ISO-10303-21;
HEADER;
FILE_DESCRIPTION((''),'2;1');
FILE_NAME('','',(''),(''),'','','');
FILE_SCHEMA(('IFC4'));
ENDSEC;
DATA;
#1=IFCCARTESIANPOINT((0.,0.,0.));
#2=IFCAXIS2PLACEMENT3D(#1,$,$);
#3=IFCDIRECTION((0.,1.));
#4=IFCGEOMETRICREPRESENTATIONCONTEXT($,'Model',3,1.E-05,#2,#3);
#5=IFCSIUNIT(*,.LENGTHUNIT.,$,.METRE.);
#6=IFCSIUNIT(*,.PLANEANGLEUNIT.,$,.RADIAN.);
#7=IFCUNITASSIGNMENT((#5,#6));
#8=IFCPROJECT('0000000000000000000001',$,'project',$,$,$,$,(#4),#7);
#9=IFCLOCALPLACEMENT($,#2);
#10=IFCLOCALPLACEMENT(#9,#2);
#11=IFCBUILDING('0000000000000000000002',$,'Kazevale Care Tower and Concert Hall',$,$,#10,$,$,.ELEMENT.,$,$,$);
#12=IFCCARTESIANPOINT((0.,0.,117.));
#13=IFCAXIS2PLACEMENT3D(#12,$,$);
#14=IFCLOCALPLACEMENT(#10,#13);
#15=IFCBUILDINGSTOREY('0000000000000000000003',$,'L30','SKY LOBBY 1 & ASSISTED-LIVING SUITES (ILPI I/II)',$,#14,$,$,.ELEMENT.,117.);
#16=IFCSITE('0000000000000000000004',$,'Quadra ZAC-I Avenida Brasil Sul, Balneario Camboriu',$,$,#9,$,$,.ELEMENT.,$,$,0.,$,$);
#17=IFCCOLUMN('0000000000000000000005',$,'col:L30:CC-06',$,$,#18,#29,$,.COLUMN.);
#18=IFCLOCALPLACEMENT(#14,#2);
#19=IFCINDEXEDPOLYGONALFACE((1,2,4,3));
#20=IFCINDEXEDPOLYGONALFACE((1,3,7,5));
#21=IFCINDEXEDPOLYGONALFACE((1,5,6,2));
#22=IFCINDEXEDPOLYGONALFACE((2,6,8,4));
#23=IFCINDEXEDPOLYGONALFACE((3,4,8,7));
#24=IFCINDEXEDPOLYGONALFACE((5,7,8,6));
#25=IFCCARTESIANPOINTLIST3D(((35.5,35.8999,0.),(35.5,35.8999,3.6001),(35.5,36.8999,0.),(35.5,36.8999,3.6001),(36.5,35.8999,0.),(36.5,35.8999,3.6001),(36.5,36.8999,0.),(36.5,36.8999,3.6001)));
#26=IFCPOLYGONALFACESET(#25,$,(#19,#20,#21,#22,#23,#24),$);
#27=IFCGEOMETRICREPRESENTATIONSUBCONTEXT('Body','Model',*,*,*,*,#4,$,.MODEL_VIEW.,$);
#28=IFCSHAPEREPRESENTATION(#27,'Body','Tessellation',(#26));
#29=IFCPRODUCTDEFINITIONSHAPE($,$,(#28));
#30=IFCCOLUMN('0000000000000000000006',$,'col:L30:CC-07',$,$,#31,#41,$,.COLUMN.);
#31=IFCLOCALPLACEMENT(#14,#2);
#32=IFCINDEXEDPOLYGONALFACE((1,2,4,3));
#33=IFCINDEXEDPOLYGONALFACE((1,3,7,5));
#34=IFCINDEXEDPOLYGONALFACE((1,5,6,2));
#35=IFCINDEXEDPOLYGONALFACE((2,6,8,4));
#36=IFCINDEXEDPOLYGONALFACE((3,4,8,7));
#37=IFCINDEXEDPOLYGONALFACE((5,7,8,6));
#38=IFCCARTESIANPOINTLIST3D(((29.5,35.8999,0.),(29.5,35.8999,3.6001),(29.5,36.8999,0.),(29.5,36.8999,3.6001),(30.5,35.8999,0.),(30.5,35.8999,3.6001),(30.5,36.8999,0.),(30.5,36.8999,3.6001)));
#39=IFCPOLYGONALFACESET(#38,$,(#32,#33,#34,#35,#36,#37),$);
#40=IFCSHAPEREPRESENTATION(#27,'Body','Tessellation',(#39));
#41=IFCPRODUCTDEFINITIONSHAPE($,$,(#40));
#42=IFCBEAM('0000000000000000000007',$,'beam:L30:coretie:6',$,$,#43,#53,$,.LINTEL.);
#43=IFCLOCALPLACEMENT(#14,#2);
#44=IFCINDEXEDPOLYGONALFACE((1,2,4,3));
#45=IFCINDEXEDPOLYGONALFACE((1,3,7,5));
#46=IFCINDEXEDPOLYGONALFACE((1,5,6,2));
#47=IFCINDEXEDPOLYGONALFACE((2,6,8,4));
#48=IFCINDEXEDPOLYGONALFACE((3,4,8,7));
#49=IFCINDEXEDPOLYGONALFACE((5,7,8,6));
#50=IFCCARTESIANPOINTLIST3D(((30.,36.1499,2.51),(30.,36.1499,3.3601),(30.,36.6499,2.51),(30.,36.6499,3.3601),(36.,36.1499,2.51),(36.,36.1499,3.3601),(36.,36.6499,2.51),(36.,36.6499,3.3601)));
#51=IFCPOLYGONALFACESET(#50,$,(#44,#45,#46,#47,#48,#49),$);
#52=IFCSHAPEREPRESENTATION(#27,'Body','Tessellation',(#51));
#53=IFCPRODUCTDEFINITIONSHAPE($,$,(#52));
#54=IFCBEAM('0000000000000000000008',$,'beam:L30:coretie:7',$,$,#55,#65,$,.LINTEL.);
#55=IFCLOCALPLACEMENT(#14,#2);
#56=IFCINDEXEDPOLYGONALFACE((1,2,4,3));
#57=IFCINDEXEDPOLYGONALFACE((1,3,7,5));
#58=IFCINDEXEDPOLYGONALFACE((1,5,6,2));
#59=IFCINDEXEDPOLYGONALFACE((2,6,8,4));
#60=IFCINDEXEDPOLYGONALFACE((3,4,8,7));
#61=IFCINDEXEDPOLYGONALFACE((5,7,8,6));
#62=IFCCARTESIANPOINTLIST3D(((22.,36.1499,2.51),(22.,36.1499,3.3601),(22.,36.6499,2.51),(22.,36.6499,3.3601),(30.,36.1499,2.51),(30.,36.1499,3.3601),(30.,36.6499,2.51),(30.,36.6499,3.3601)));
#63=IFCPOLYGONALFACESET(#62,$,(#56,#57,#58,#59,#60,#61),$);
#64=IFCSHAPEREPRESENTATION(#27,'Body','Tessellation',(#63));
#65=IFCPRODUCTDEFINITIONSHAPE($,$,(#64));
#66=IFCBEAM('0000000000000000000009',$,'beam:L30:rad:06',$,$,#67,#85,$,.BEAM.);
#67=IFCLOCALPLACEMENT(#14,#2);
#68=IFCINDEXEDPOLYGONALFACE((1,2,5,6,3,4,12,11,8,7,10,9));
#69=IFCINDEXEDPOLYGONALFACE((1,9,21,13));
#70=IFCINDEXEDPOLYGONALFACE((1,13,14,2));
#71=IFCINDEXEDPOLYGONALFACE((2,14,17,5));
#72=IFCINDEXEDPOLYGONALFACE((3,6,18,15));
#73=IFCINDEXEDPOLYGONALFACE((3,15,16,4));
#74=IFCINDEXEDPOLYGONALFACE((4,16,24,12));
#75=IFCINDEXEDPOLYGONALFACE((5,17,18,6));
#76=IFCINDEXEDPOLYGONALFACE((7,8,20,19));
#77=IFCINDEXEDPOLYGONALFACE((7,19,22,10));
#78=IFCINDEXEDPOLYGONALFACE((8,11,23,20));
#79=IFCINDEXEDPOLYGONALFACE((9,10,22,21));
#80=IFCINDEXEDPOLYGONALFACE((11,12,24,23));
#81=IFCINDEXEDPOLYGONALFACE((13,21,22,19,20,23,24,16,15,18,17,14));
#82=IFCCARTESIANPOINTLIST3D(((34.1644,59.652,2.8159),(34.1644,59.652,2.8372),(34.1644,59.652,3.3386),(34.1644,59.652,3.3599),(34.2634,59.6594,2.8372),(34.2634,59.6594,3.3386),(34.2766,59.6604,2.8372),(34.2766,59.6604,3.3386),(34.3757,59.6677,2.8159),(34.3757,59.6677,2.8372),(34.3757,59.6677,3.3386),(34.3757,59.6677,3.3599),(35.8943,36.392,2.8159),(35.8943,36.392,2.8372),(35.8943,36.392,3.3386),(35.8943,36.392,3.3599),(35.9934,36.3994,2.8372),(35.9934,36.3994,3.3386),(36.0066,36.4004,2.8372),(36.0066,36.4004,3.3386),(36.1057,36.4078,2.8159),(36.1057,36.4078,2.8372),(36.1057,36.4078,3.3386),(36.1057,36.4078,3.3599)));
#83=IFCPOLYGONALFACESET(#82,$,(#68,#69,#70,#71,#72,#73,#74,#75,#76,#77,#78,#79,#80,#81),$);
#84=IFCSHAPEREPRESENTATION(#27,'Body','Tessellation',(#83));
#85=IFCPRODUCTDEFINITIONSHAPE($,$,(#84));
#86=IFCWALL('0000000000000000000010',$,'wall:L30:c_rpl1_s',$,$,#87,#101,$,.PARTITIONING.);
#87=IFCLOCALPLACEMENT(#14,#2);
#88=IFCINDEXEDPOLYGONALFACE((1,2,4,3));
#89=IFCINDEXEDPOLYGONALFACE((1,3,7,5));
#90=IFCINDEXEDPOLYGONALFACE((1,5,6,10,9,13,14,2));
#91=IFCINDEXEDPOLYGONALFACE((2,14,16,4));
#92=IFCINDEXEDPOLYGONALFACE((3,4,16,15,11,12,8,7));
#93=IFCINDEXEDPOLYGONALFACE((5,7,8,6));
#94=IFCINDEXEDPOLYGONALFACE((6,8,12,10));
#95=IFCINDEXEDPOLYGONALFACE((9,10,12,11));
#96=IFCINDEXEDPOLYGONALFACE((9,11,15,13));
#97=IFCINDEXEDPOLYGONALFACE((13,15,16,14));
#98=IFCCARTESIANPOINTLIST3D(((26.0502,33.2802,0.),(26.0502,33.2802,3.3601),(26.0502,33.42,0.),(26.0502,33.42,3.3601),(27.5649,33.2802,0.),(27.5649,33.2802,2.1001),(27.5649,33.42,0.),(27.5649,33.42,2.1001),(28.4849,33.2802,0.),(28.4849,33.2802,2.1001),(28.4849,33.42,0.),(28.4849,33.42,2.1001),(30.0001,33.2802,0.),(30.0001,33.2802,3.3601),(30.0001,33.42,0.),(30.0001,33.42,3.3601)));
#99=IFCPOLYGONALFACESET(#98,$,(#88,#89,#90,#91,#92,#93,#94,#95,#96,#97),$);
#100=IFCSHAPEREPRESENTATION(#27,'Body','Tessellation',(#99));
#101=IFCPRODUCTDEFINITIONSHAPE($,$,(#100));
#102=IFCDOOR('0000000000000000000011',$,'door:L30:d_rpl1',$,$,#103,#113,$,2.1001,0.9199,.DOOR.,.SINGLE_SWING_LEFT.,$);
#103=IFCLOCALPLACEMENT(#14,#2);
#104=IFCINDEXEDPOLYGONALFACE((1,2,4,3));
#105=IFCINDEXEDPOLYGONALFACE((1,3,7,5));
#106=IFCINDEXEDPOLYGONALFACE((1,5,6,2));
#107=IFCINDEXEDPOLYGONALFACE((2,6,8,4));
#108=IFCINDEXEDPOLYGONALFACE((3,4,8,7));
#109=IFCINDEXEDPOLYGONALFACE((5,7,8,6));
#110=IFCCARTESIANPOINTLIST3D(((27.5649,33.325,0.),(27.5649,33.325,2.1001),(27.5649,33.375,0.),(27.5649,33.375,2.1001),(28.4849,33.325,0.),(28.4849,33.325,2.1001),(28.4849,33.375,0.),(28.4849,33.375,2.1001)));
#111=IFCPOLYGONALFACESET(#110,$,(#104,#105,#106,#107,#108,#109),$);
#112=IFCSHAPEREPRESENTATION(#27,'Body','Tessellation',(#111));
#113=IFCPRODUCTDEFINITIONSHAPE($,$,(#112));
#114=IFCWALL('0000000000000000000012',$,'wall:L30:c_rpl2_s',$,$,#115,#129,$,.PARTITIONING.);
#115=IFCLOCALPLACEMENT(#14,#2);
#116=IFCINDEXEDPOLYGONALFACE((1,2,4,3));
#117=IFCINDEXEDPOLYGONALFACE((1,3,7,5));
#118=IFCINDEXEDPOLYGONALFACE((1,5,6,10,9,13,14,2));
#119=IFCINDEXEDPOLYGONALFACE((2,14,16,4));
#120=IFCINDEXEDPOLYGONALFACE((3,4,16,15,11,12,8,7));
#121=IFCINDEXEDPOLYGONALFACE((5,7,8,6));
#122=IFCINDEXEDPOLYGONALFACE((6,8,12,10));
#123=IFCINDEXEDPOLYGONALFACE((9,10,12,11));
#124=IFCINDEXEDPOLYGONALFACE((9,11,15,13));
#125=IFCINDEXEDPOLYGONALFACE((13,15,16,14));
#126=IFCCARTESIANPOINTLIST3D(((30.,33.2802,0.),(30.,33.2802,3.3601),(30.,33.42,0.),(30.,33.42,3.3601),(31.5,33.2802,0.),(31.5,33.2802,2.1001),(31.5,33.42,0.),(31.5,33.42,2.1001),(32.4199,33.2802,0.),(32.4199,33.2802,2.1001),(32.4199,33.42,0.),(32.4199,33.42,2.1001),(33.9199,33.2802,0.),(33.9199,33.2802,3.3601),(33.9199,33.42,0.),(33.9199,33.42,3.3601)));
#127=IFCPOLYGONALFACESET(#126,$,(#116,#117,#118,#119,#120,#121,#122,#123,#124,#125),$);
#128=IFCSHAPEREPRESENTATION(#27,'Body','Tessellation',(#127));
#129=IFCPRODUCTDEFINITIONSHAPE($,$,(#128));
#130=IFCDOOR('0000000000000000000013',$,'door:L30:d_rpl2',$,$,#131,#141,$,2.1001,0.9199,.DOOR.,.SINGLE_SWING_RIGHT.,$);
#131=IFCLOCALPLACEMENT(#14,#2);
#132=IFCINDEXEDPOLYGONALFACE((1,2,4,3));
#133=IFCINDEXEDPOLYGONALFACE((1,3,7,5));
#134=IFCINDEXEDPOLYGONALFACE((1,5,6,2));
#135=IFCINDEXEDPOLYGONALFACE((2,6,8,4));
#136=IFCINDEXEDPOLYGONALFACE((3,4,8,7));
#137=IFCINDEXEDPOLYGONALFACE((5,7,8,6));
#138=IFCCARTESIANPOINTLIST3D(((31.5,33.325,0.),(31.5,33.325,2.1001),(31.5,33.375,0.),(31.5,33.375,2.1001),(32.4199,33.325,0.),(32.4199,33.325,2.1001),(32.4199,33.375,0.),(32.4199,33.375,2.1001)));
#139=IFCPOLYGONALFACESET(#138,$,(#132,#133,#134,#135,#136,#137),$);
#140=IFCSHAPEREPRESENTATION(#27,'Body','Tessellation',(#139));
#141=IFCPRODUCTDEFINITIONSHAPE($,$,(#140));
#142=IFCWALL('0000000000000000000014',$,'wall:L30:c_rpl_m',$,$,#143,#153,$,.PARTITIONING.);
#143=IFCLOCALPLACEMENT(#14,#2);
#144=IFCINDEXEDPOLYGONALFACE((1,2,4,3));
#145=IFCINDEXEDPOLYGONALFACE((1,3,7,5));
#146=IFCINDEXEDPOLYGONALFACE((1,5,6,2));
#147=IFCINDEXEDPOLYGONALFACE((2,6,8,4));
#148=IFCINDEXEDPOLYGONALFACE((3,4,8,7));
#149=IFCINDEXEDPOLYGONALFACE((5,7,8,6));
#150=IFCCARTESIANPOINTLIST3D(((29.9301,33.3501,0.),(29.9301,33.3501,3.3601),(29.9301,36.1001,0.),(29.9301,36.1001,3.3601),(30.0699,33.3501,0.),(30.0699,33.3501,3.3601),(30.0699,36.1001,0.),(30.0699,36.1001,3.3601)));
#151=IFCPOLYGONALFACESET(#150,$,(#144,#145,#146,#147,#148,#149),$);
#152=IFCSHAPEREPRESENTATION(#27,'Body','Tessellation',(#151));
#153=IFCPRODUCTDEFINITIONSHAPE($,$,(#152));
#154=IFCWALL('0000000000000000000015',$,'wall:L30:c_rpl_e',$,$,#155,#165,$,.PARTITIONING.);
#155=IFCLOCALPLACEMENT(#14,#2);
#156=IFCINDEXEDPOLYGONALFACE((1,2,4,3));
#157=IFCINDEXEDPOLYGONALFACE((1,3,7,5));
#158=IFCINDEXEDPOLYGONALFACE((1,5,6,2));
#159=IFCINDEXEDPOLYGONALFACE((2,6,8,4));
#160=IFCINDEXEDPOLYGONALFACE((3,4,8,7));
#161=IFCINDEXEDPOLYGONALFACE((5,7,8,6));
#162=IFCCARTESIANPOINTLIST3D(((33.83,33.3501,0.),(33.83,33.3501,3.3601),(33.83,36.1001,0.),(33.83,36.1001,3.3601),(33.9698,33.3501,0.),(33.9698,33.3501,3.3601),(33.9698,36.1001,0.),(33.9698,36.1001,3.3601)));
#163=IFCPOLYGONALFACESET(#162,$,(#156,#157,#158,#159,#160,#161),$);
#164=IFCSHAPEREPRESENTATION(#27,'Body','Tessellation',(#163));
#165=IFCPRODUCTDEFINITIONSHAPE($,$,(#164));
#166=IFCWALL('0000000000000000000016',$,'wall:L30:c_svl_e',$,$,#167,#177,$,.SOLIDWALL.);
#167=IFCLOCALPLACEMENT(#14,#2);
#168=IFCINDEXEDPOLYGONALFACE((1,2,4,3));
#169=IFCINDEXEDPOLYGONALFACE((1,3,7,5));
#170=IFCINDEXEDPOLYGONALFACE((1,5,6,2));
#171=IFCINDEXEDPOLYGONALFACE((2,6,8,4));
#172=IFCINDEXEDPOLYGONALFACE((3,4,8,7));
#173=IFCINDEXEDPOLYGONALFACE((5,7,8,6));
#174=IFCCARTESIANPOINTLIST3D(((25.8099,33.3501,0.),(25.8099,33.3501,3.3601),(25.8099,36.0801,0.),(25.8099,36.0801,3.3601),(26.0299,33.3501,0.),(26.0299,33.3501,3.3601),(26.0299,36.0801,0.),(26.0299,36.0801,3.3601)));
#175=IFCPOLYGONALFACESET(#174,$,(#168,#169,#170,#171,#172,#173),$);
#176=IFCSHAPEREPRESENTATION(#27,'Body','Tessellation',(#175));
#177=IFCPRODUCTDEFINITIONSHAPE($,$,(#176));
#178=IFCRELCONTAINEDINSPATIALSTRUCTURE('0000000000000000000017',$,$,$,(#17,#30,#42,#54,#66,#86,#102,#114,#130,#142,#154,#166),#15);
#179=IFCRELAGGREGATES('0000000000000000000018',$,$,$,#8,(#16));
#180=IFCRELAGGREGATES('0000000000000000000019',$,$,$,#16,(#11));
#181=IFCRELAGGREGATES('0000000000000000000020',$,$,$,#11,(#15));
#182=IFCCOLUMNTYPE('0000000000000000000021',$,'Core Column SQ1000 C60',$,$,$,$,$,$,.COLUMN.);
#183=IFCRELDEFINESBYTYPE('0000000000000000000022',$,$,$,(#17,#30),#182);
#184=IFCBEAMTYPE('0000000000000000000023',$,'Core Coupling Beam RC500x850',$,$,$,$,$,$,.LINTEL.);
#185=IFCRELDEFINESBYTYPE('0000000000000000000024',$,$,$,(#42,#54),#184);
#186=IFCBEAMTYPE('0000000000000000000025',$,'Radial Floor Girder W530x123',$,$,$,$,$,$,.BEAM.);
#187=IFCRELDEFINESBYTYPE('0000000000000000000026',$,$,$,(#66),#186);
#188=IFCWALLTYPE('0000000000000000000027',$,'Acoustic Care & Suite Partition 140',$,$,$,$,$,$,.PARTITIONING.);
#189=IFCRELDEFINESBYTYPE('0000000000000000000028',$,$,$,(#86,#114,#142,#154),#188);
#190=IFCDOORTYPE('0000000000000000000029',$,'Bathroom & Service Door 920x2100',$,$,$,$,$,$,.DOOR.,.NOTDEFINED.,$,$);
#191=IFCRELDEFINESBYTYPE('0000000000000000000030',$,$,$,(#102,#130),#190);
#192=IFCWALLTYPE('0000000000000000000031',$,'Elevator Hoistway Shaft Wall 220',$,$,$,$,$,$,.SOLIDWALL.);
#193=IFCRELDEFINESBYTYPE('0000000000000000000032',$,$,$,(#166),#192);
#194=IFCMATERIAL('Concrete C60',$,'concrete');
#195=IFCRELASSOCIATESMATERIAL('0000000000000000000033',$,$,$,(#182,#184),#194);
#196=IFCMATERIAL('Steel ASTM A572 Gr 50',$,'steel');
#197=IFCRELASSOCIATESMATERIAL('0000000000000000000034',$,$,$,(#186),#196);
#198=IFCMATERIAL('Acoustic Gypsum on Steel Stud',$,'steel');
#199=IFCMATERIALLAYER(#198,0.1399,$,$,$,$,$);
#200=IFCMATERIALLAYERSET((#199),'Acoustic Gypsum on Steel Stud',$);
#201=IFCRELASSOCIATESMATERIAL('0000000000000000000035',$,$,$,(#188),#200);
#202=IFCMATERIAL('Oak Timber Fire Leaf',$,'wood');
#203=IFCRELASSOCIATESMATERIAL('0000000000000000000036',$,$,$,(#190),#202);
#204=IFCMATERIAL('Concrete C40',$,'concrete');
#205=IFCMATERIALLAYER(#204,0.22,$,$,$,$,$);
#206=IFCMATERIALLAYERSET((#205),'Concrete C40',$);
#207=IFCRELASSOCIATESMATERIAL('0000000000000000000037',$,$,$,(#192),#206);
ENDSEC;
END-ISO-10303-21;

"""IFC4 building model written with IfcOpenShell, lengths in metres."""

from ifc_helpers import new_model, si_unit, direction, frame, frame_2d, origin, origin_2d, place, context, subcontext, project, spatial, rectangle, i_section, extrude, material, layer, layer_set, material_profile, profile_set, type_object, element, fill, save


model = new_model("IFC4")

# Units and contexts
model_context = context("Model", 3, precision=1e-05, world=origin(), true_north=direction((0.0, 1.0)))
body_context = subcontext(model_context, "Body", "Model", "MODEL_VIEW")
ifc_project = project(units=[si_unit("LENGTHUNIT", "METRE"), si_unit("PLANEANGLEUNIT", "RADIAN")], contexts=[model_context])

# Site, building, storey
site_placement = place(None, origin())
site = spatial("IfcSite", under=ifc_project, at=site_placement, Name="Quadra ZAC-I Avenida Brasil Sul, Balneario Camboriu", CompositionType="ELEMENT", RefElevation=0.0)
building_placement = place(site_placement, origin())
building = spatial("IfcBuilding", under=site, at=building_placement, Name="Kazevale Care Tower and Concert Hall", CompositionType="ELEMENT")
storey_placement = place(building_placement, frame((0.0, 0.0, 117.0)))
storey = spatial("IfcBuildingStorey", under=building, at=storey_placement, Name="L30", Description="SKY LOBBY 1 & ASSISTED-LIVING SUITES (ILPI I/II)", CompositionType="ELEMENT", Elevation=117.0)

# Columns
ifc_material_1 = material(Name="Concrete C60", Category="concrete")
ifc_material_profile_1 = material_profile(ifc_material_1, rectangle(XDim=1.0, YDim=1.0, at=origin_2d()), Name="RC-SQ1000")
ifc_profile_set_1 = profile_set([ifc_material_profile_1], Name="Concrete C60")
column_type = type_object("IfcColumnType", Name="Core Column SQ1000 C60", PredefinedType="COLUMN", material=ifc_profile_set_1)
for number, where, z_axis, x_axis, name in (
    (1, (36.0, 36.3999, 0.0), (0.0, 0.0, 1.0), (1.0, 0.0, 0.0), "col:L30:CC-06"),
    (2, (30.0, 36.3999, 0.0), (0.0, 0.0, 1.0), (1.0, 0.0, 0.0), "col:L30:CC-07"),
):
    element("IfcColumn", number, at=place(storey_placement, frame(where, z_axis=z_axis, x_axis=x_axis)), inside=storey, type_object=column_type, Name=name, PredefinedType="COLUMN", context=body_context, shape_type="SweptSolid", body=[
        extrude(rectangle(XDim=1.0, YDim=1.0, at=origin_2d()), origin(), (0.0, 0.0, 1.0), 3.6001),
    ])

# Beams
ifc_material_profile_2 = material_profile(ifc_material_1, rectangle(XDim=0.5, YDim=0.8501, at=origin_2d()), Name="RC-B500x850")
ifc_profile_set_2 = profile_set([ifc_material_profile_2], Name="Concrete C60")
beam_type_1 = type_object("IfcBeamType", Name="Core Coupling Beam RC500x850", PredefinedType="LINTEL", material=ifc_profile_set_2)
beam_1_placement = place(storey_placement, frame((36.0, 36.3999, 2.9351), z_axis=(-1.0, 0.0, 0.0), x_axis=(0.0, -1.0, 0.0)))
element("IfcBeam", 3, at=beam_1_placement, inside=storey, type_object=beam_type_1, Name="beam:L30:coretie:6", PredefinedType="LINTEL", context=body_context, shape_type="SweptSolid", body=[
    extrude(rectangle(XDim=0.5, YDim=0.8501, at=origin_2d()), origin(), (0.0, 0.0, 1.0), 6.0),
])
beam_2_placement = place(storey_placement, frame((30.0, 36.3999, 2.9351), z_axis=(-1.0, 0.0, 0.0), x_axis=(0.0, -1.0, 0.0)))
element("IfcBeam", 4, at=beam_2_placement, inside=storey, type_object=beam_type_1, Name="beam:L30:coretie:7", PredefinedType="LINTEL", context=body_context, shape_type="SweptSolid", body=[
    extrude(rectangle(XDim=0.5, YDim=0.8501, at=origin_2d()), origin(), (0.0, 0.0, 1.0), 8.0),
])
ifc_material_2 = material(Name="Steel ASTM A572 Gr 50", Category="steel")
ifc_material_profile_3 = material_profile(ifc_material_2, i_section(OverallWidth=0.2119, OverallDepth=0.5439, WebThickness=0.0132, FlangeThickness=0.0212, at=origin_2d()), Name="W530x123")
ifc_profile_set_3 = profile_set([ifc_material_profile_3], Name="Steel ASTM A572 Gr 50")
beam_type_2 = type_object("IfcBeamType", Name="Radial Floor Girder W530x123", PredefinedType="BEAM", material=ifc_profile_set_3)
beam_3_placement = place(storey_placement, frame((36.0, 36.3999, 3.0879), z_axis=(-0.074171, 0.997246, 0.0), x_axis=(-0.997246, -0.074171, 0.0)))
element("IfcBeam", 5, at=beam_3_placement, inside=storey, type_object=beam_type_2, Name="beam:L30:rad:06", PredefinedType="BEAM", context=body_context, shape_type="SweptSolid", body=[
    extrude(i_section(OverallWidth=0.2119, OverallDepth=0.5439, WebThickness=0.0132, FlangeThickness=0.0212, at=origin_2d()), origin(), (0.0, 0.0, 1.0), 23.3242),
])

# Walls, openings, doors
ifc_material_3 = material(Name="Acoustic Gypsum on Steel Stud", Category="steel")
ifc_layer_1 = layer(ifc_material_3, 0.1399)
ifc_layer_set_1 = layer_set([ifc_layer_1], Name="Acoustic Gypsum on Steel Stud")
wall_type_1 = type_object("IfcWallType", Name="Acoustic Care & Suite Partition 140", PredefinedType="PARTITIONING", material=ifc_layer_set_1)
wall_1_placement = place(storey_placement, frame((26.05, 33.3501, 0.0), z_axis=(0.0, 0.0, 1.0), x_axis=(1.0, 0.0, 0.0)))
wall_1 = element("IfcWall", 6, at=wall_1_placement, inside=storey, type_object=wall_type_1, Name="wall:L30:c_rpl1_s", PredefinedType="PARTITIONING", context=body_context, shape_type="SweptSolid", body=[
    extrude(rectangle(XDim=3.95, YDim=0.1399, at=frame_2d((1.9751, 0.0))), origin(), (0.0, 0.0, 1.0), 3.3601),
])
opening_1_placement = place(wall_1_placement, frame((1.5149, 0.0, 0.0)))
opening_1 = element("IfcOpeningElement", 7, at=opening_1_placement, cuts=wall_1, PredefinedType="OPENING", context=body_context, shape_type="SweptSolid", body=[
    extrude(rectangle(XDim=0.9199, YDim=2.1001, at=frame_2d((0.46, 1.05))), frame((0.0, 0.0798, 0.0), z_axis=(0.0, -1.0, 0.0), x_axis=(1.0, 0.0, 0.0)), (0.0, 0.0, 1.0), 0.1599),
])
ifc_material_4 = material(Name="Oak Timber Fire Leaf", Category="wood")
door_type_1 = type_object("IfcDoorType", Name="Bathroom & Service Door 920x2100", OperationType="NOTDEFINED", PredefinedType="DOOR", material=ifc_material_4)
door_1_placement = place(opening_1_placement, origin())
door_1 = element("IfcDoor", 8, at=door_1_placement, inside=storey, type_object=door_type_1, Name="door:L30:d_rpl1", OperationType="SINGLE_SWING_LEFT", OverallHeight=2.1001, OverallWidth=0.9199, PredefinedType="DOOR", context=body_context, shape_type="SweptSolid", body=[
    extrude(rectangle(XDim=0.9199, YDim=2.1001, at=frame_2d((0.46, 1.05))), frame((0.0, 0.0249, 0.0), z_axis=(0.0, -1.0, 0.0), x_axis=(1.0, 0.0, 0.0)), (0.0, 0.0, 1.0), 0.05),
])
fill(opening_1, door_1)
wall_2_placement = place(storey_placement, frame((30.0, 33.3501, 0.0), z_axis=(0.0, 0.0, 1.0), x_axis=(1.0, 0.0, 0.0)))
wall_2 = element("IfcWall", 9, at=wall_2_placement, inside=storey, type_object=wall_type_1, Name="wall:L30:c_rpl2_s", PredefinedType="PARTITIONING", context=body_context, shape_type="SweptSolid", body=[
    extrude(rectangle(XDim=3.9199, YDim=0.1399, at=frame_2d((1.96, 0.0))), origin(), (0.0, 0.0, 1.0), 3.3601),
])
opening_2_placement = place(wall_2_placement, frame((1.5, 0.0, 0.0)))
opening_2 = element("IfcOpeningElement", 10, at=opening_2_placement, cuts=wall_2, PredefinedType="OPENING", context=body_context, shape_type="SweptSolid", body=[
    extrude(rectangle(XDim=0.9199, YDim=2.1001, at=frame_2d((0.46, 1.05))), frame((0.0, 0.0798, 0.0), z_axis=(0.0, -1.0, 0.0), x_axis=(1.0, 0.0, 0.0)), (0.0, 0.0, 1.0), 0.1599),
])
door_2_placement = place(opening_2_placement, origin())
door_2 = element("IfcDoor", 11, at=door_2_placement, inside=storey, type_object=door_type_1, Name="door:L30:d_rpl2", OperationType="SINGLE_SWING_RIGHT", OverallHeight=2.1001, OverallWidth=0.9199, PredefinedType="DOOR", context=body_context, shape_type="SweptSolid", body=[
    extrude(rectangle(XDim=0.9199, YDim=2.1001, at=frame_2d((0.46, 1.05))), frame((0.0, 0.0249, 0.0), z_axis=(0.0, -1.0, 0.0), x_axis=(1.0, 0.0, 0.0)), (0.0, 0.0, 1.0), 0.05),
])
fill(opening_2, door_2)

# Walls
for number, where, z_axis, x_axis, name in (
    (12, (30.0, 33.3501, 0.0), (0.0, 0.0, 1.0), (0.0, 1.0, 0.0), "wall:L30:c_rpl_m"),
    (13, (33.8999, 33.3501, 0.0), (0.0, 0.0, 1.0), (0.0, 1.0, 0.0), "wall:L30:c_rpl_e"),
):
    element("IfcWall", number, at=place(storey_placement, frame(where, z_axis=z_axis, x_axis=x_axis)), inside=storey, type_object=wall_type_1, Name=name, PredefinedType="PARTITIONING", context=body_context, shape_type="SweptSolid", body=[
        extrude(rectangle(XDim=2.75, YDim=0.1399, at=frame_2d((1.375, 0.0))), origin(), (0.0, 0.0, 1.0), 3.3601),
    ])
ifc_material_5 = material(Name="Concrete C40", Category="concrete")
ifc_layer_2 = layer(ifc_material_5, 0.22)
ifc_layer_set_2 = layer_set([ifc_layer_2], Name="Concrete C40")
wall_type_2 = type_object("IfcWallType", Name="Elevator Hoistway Shaft Wall 220", PredefinedType="SOLIDWALL", material=ifc_layer_set_2)
wall_3_placement = place(storey_placement, frame((25.9199, 33.3501, 0.0), z_axis=(0.0, 0.0, 1.0), x_axis=(0.0, 1.0, 0.0)))
element("IfcWall", 14, at=wall_3_placement, inside=storey, type_object=wall_type_2, Name="wall:L30:c_svl_e", PredefinedType="SOLIDWALL", context=body_context, shape_type="SweptSolid", body=[
    extrude(rectangle(XDim=2.73, YDim=0.22, at=frame_2d((1.365, 0.0))), origin(), (0.0, 0.0, 1.0), 3.3601),
])

save(model, "model.ifc")
